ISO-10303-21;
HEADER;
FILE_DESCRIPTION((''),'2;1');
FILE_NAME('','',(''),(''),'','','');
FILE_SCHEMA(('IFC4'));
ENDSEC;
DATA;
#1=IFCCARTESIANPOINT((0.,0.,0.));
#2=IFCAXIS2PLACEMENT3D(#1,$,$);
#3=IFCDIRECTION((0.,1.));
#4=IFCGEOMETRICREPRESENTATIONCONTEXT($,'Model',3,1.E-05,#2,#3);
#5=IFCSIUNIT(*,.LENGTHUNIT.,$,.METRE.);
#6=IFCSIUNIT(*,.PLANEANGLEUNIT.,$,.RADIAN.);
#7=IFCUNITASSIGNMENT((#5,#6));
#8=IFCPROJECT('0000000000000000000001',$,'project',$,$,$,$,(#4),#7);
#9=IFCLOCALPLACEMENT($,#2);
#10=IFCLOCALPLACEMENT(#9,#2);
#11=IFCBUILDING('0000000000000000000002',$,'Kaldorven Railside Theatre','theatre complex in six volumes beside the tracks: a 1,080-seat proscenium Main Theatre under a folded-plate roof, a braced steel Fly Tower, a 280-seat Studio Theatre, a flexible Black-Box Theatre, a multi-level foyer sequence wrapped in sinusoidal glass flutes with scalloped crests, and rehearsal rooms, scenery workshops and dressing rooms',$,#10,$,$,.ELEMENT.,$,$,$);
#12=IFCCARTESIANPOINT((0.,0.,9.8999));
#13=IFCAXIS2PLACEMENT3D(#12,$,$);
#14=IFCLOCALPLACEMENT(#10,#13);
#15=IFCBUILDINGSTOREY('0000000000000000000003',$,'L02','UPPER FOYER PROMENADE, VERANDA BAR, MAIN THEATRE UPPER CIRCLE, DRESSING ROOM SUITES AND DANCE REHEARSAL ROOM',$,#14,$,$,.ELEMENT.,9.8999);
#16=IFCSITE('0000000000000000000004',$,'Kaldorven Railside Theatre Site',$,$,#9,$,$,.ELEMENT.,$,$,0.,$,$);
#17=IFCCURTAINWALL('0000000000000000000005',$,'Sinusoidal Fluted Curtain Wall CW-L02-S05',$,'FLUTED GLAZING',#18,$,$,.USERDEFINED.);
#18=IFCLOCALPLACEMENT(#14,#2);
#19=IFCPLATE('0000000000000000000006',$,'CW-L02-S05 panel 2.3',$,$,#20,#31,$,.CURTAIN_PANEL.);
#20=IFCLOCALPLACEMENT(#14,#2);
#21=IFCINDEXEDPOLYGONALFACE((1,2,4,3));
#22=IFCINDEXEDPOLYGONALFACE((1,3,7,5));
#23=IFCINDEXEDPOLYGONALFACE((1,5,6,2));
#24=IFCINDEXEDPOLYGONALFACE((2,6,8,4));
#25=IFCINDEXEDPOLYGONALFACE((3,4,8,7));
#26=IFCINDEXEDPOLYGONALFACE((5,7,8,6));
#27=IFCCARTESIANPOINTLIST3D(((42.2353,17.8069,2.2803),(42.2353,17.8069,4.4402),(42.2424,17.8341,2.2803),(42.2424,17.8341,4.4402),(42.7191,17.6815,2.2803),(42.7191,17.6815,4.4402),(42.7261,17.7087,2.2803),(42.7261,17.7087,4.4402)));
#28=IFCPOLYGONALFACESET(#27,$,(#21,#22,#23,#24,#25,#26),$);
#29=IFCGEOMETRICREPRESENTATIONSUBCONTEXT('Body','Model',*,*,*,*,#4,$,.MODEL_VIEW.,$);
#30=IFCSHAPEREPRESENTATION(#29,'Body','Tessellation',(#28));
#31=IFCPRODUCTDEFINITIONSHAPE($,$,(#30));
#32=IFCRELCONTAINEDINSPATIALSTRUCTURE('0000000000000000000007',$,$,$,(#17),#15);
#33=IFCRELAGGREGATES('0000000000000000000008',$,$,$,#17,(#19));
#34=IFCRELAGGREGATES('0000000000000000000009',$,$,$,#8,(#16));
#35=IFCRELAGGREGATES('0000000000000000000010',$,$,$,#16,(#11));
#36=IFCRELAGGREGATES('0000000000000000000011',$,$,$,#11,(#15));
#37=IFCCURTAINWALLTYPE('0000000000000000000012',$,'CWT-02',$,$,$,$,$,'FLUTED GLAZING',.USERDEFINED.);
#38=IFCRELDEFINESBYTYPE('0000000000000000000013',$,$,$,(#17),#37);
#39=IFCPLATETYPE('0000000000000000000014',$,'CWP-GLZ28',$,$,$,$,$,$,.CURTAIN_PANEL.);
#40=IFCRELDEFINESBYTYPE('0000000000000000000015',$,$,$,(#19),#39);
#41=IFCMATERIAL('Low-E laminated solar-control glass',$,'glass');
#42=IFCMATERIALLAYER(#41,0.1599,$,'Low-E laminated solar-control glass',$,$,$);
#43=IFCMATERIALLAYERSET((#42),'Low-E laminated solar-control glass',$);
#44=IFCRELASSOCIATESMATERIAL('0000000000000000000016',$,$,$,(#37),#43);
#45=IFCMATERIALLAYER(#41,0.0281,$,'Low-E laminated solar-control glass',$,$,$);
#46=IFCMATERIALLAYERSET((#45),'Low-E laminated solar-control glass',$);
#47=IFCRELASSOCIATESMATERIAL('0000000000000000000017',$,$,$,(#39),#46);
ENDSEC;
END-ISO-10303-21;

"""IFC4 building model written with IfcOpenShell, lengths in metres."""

from ifc_helpers import new_model, si_unit, direction, frame, origin, origin_2d, place, context, subcontext, project, spatial, rectangle, extrude, material, layer, layer_set, type_object, element, aggregate, save


model = new_model("IFC4")

# Units and contexts
model_context = context("Model", 3, precision=1e-05, world=origin(), true_north=direction((0.0, 1.0)))
body_context = subcontext(model_context, "Body", "Model", "MODEL_VIEW")
ifc_project = project(units=[si_unit("LENGTHUNIT", "METRE"), si_unit("PLANEANGLEUNIT", "RADIAN")], contexts=[model_context])

# Site, building, storey
site_placement = place(None, origin())
site = spatial("IfcSite", under=ifc_project, at=site_placement, Name="Kaldorven Railside Theatre Site", CompositionType="ELEMENT", RefElevation=0.0)
building_placement = place(site_placement, origin())
building = spatial("IfcBuilding", under=site, at=building_placement, Name="Kaldorven Railside Theatre", Description="theatre complex in six volumes beside the tracks: a 1,080-seat proscenium Main Theatre under a folded-plate roof, a braced steel Fly Tower, a 280-seat Studio Theatre, a flexible Black-Box Theatre, a multi-level foyer sequence wrapped in sinusoidal glass flutes with scalloped crests, and rehearsal rooms, scenery workshops and dressing rooms", CompositionType="ELEMENT")
storey_placement = place(building_placement, frame((0.0, 0.0, 9.8999)))
storey = spatial("IfcBuildingStorey", under=building, at=storey_placement, Name="L02", Description="UPPER FOYER PROMENADE, VERANDA BAR, MAIN THEATRE UPPER CIRCLE, DRESSING ROOM SUITES AND DANCE REHEARSAL ROOM", CompositionType="ELEMENT", Elevation=9.8999)

# Shared definitions
ifc_material_1 = material(Name="Low-E laminated solar-control glass", Category="glass")
ifc_layer_1 = layer(ifc_material_1, 0.1599, Name="Low-E laminated solar-control glass")
ifc_layer_set_1 = layer_set([ifc_layer_1], Name="Low-E laminated solar-control glass")
curtain_wall_type = type_object("IfcCurtainWallType", Name="CWT-02", ElementType="FLUTED GLAZING", PredefinedType="USERDEFINED", material=ifc_layer_set_1)

# Curtain wall
curtain_wall_1_placement = place(storey_placement, origin())
curtain_wall_1 = element("IfcCurtainWall", 1, at=curtain_wall_1_placement, inside=storey, type_object=curtain_wall_type, Name="Sinusoidal Fluted Curtain Wall CW-L02-S05", ObjectType="FLUTED GLAZING", PredefinedType="USERDEFINED")

# Plate
ifc_layer_2 = layer(ifc_material_1, 0.0281, Name="Low-E laminated solar-control glass")
ifc_layer_set_2 = layer_set([ifc_layer_2], Name="Low-E laminated solar-control glass")
plate_type = type_object("IfcPlateType", Name="CWP-GLZ28", PredefinedType="CURTAIN_PANEL", material=ifc_layer_set_2)
plate_1_placement = place(storey_placement, frame((42.4807, 17.7578, 2.2803), z_axis=(0.0, 0.0, 1.0), x_axis=(0.967999, -0.250954, 0.0)))
plate_1 = element("IfcPlate", 2, at=plate_1_placement, type_object=plate_type, Name="CW-L02-S05 panel 2.3", PredefinedType="CURTAIN_PANEL", context=body_context, shape_type="SweptSolid", body=[
    extrude(rectangle(XDim=0.4998, YDim=0.0281, at=origin_2d()), origin(), (0.0, 0.0, 1.0), 2.1599),
])
aggregate(curtain_wall_1, [plate_1])

save(model, "model.ifc")
